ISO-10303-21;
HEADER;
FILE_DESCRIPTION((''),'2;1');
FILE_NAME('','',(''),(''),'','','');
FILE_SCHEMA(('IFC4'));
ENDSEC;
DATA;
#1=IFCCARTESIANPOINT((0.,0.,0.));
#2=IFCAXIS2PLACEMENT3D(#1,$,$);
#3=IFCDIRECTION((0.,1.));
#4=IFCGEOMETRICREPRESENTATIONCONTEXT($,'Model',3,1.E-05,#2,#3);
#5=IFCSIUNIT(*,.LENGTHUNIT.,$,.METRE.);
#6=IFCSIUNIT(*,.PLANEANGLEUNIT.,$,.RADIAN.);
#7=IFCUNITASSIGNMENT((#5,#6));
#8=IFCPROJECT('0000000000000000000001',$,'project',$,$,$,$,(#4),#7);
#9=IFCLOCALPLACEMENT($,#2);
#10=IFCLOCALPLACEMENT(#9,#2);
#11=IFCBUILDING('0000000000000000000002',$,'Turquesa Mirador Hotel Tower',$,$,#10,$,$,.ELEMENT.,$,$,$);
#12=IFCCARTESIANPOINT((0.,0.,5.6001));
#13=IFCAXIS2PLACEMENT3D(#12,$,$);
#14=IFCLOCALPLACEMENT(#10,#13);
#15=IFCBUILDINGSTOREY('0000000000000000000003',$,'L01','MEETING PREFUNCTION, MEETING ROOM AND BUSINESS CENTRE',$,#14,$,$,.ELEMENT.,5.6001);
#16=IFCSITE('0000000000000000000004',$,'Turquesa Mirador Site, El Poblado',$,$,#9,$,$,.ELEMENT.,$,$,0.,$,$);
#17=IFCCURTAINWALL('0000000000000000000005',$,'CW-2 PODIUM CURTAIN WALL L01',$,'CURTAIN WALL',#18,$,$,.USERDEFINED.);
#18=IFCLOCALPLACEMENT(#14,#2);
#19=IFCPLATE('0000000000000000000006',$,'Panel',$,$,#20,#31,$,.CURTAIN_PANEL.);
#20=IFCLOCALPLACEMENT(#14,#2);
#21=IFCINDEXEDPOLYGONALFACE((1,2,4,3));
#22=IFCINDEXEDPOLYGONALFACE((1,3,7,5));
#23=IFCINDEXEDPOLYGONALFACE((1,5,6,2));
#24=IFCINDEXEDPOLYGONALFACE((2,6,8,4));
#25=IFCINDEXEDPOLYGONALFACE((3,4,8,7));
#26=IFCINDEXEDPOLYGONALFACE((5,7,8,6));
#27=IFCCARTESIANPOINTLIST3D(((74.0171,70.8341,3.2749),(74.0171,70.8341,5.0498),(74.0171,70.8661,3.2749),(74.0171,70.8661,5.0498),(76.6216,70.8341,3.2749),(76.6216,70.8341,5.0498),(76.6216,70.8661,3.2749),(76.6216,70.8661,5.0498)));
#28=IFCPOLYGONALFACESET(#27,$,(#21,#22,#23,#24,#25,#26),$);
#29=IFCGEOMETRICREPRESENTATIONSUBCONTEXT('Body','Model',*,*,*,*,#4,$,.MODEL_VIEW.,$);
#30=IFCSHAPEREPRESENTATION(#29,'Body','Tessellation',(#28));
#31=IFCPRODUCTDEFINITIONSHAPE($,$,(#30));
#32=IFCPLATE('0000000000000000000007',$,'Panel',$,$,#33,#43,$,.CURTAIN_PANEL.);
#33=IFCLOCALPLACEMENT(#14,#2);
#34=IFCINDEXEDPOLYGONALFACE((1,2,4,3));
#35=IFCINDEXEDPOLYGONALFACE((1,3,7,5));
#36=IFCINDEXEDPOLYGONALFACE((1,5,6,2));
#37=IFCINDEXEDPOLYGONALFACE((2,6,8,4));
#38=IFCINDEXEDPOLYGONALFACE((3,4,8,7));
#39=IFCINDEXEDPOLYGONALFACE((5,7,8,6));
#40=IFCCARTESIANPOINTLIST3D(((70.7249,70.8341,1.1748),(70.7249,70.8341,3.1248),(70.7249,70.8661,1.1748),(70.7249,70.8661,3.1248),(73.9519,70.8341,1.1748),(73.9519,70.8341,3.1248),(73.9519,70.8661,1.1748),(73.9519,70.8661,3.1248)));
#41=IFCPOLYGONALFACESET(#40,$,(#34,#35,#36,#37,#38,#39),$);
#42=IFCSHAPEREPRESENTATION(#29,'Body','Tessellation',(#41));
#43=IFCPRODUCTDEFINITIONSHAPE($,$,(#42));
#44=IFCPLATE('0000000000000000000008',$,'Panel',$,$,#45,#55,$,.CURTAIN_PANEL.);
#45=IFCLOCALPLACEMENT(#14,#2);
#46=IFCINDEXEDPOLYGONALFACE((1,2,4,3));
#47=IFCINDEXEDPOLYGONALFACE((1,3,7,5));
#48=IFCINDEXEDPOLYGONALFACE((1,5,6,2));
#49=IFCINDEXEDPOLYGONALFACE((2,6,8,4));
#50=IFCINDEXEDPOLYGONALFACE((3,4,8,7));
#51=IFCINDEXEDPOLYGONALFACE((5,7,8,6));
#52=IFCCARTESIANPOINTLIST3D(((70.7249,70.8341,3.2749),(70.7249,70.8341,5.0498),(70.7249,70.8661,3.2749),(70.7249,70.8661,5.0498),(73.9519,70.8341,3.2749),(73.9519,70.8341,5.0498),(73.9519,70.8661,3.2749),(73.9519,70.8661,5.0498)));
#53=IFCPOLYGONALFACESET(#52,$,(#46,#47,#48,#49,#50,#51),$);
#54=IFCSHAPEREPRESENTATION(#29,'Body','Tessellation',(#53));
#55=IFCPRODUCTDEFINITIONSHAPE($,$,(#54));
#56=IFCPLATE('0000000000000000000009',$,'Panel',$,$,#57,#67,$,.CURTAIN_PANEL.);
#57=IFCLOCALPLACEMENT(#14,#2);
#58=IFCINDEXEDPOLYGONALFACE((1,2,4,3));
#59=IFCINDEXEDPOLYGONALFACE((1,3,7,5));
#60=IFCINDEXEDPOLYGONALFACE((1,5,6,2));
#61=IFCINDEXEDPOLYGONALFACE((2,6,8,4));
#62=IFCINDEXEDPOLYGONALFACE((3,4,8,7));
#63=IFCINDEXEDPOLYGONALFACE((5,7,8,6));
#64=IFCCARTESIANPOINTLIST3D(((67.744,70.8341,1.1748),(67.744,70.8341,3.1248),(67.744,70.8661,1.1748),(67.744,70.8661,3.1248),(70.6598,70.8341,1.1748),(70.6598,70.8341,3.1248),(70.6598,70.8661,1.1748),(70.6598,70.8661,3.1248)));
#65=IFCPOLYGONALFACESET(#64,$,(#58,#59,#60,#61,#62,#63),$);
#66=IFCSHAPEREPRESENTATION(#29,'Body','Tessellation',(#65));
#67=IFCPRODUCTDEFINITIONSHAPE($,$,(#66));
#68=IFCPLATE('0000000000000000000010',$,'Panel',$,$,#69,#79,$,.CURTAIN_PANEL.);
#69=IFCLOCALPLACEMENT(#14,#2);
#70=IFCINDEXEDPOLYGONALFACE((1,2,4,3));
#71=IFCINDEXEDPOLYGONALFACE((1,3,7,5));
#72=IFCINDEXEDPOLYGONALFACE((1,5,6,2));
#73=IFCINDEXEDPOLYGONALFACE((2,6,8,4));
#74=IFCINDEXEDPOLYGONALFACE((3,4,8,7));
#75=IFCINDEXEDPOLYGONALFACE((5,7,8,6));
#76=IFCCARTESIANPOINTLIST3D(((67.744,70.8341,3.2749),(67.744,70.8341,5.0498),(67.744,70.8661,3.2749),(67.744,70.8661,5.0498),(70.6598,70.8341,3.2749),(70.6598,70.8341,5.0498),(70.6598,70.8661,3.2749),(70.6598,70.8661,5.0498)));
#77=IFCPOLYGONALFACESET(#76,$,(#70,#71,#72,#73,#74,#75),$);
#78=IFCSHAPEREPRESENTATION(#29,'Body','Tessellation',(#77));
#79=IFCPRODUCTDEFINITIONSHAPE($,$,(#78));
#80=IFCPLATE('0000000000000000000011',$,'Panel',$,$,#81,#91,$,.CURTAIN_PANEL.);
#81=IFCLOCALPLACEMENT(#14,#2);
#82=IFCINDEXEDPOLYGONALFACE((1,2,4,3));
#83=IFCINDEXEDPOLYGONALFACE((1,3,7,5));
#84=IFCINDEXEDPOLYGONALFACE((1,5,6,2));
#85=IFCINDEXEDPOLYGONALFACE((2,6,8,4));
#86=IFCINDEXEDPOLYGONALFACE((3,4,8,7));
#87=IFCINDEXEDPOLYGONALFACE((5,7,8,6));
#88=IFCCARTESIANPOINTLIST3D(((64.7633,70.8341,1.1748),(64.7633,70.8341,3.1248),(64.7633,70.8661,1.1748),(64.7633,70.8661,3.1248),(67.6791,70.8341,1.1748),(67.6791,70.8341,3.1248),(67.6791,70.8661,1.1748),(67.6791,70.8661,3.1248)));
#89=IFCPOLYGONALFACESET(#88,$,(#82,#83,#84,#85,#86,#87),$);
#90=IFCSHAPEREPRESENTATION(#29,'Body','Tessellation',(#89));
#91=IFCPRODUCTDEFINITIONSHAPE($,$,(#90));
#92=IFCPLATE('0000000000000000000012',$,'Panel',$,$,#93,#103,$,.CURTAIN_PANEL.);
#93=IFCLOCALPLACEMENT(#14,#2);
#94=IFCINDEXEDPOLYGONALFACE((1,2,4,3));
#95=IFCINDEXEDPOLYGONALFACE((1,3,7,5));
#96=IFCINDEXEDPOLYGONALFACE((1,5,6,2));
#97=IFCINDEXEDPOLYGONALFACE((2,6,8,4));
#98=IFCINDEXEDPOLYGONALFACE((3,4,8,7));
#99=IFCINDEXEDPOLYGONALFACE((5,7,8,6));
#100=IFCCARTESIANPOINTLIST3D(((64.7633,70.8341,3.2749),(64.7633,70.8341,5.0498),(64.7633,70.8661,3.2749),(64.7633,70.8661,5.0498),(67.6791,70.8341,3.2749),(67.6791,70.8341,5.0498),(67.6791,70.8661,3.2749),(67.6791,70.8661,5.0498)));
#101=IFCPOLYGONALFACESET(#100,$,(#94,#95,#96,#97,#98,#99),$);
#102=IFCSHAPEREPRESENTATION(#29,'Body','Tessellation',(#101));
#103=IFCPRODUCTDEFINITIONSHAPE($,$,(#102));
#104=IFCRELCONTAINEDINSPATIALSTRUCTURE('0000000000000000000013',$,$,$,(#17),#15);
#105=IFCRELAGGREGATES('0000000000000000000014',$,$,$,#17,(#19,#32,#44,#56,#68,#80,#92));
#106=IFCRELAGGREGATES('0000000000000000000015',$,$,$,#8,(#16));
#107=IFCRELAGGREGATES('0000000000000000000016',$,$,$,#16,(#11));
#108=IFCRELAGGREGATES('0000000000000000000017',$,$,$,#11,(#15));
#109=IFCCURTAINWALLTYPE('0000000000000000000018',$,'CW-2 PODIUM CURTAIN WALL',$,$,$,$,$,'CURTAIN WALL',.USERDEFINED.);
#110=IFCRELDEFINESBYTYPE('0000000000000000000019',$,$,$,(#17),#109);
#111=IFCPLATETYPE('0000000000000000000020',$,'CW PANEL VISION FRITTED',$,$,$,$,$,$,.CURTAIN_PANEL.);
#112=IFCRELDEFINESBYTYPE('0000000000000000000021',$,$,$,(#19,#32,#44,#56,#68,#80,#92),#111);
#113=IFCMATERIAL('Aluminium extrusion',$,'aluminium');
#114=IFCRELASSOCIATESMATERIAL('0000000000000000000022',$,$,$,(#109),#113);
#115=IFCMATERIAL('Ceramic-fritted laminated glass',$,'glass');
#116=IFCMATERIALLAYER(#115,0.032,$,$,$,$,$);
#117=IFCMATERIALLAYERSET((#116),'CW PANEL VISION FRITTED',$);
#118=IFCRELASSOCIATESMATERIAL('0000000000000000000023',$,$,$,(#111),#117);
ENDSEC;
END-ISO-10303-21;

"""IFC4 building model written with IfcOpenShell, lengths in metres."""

from ifc_helpers import new_model, si_unit, direction, frame, origin, origin_2d, place, context, subcontext, project, spatial, rectangle, extrude, material, layer, layer_set, type_object, element, aggregate, save


model = new_model("IFC4")

# Units and contexts
model_context = context("Model", 3, precision=1e-05, world=origin(), true_north=direction((0.0, 1.0)))
body_context = subcontext(model_context, "Body", "Model", "MODEL_VIEW")
ifc_project = project(units=[si_unit("LENGTHUNIT", "METRE"), si_unit("PLANEANGLEUNIT", "RADIAN")], contexts=[model_context])

# Site, building, storey
site_placement = place(None, origin())
site = spatial("IfcSite", under=ifc_project, at=site_placement, Name="Turquesa Mirador Site, El Poblado", CompositionType="ELEMENT", RefElevation=0.0)
building_placement = place(site_placement, origin())
building = spatial("IfcBuilding", under=site, at=building_placement, Name="Turquesa Mirador Hotel Tower", CompositionType="ELEMENT")
storey_placement = place(building_placement, frame((0.0, 0.0, 5.6001)))
storey = spatial("IfcBuildingStorey", under=building, at=storey_placement, Name="L01", Description="MEETING PREFUNCTION, MEETING ROOM AND BUSINESS CENTRE", CompositionType="ELEMENT", Elevation=5.6001)

# Curtain wall, plates
ifc_material_1 = material(Name="Aluminium extrusion", Category="aluminium")
curtain_wall_type = type_object("IfcCurtainWallType", Name="CW-2 PODIUM CURTAIN WALL", ElementType="CURTAIN WALL", PredefinedType="USERDEFINED", material=ifc_material_1)
curtain_wall_placement = place(storey_placement, origin())
curtain_wall = element("IfcCurtainWall", 1, at=curtain_wall_placement, inside=storey, type_object=curtain_wall_type, Name="CW-2 PODIUM CURTAIN WALL L01", ObjectType="CURTAIN WALL", PredefinedType="USERDEFINED")
ifc_material_2 = material(Name="Ceramic-fritted laminated glass", Category="glass")
ifc_layer_1 = layer(ifc_material_2, 0.032)
ifc_layer_set_1 = layer_set([ifc_layer_1], Name="CW PANEL VISION FRITTED")
plate_type_1 = type_object("IfcPlateType", Name="CW PANEL VISION FRITTED", PredefinedType="CURTAIN_PANEL", material=ifc_layer_set_1)
plate_1_placement = place(storey_placement, frame((75.3193, 70.8501, 3.2749), z_axis=(0.0, 0.0, 1.0), x_axis=(-1.0, 0.0, 0.0)))
plate_1 = element("IfcPlate", 2, at=plate_1_placement, type_object=plate_type_1, Name="Panel", PredefinedType="CURTAIN_PANEL", context=body_context, shape_type="SweptSolid", body=[
    extrude(rectangle(XDim=2.6045, YDim=0.032, at=origin_2d()), origin(), (0.0, 0.0, 1.0), 1.7749),
])
plate_2_placement = place(storey_placement, frame((72.3384, 70.8501, 1.1748), z_axis=(0.0, 0.0, 1.0), x_axis=(-1.0, 0.0, 0.0)))
plate_2 = element("IfcPlate", 3, at=plate_2_placement, type_object=plate_type_1, Name="Panel", PredefinedType="CURTAIN_PANEL", context=body_context, shape_type="SweptSolid", body=[
    extrude(rectangle(XDim=3.2271, YDim=0.032, at=origin_2d()), origin(), (0.0, 0.0, 1.0), 1.95),
])
plate_3_placement = place(storey_placement, frame((72.3384, 70.8501, 3.2749), z_axis=(0.0, 0.0, 1.0), x_axis=(-1.0, 0.0, 0.0)))
plate_3 = element("IfcPlate", 4, at=plate_3_placement, type_object=plate_type_1, Name="Panel", PredefinedType="CURTAIN_PANEL", context=body_context, shape_type="SweptSolid", body=[
    extrude(rectangle(XDim=3.2271, YDim=0.032, at=origin_2d()), origin(), (0.0, 0.0, 1.0), 1.7749),
])
plate_4_placement = place(storey_placement, frame((69.2019, 70.8501, 1.1748), z_axis=(0.0, 0.0, 1.0), x_axis=(-1.0, 0.0, 0.0)))
plate_4 = element("IfcPlate", 5, at=plate_4_placement, type_object=plate_type_1, Name="Panel", PredefinedType="CURTAIN_PANEL", context=body_context, shape_type="SweptSolid", body=[
    extrude(rectangle(XDim=2.9158, YDim=0.032, at=origin_2d()), origin(), (0.0, 0.0, 1.0), 1.95),
])
plate_5_placement = place(storey_placement, frame((69.2019, 70.8501, 3.2749), z_axis=(0.0, 0.0, 1.0), x_axis=(-1.0, 0.0, 0.0)))
plate_5 = element("IfcPlate", 6, at=plate_5_placement, type_object=plate_type_1, Name="Panel", PredefinedType="CURTAIN_PANEL", context=body_context, shape_type="SweptSolid", body=[
    extrude(rectangle(XDim=2.9158, YDim=0.032, at=origin_2d()), origin(), (0.0, 0.0, 1.0), 1.7749),
])
plate_6_placement = place(storey_placement, frame((66.2212, 70.8501, 1.1748), z_axis=(0.0, 0.0, 1.0), x_axis=(-1.0, 0.0, 0.0)))
plate_6 = element("IfcPlate", 7, at=plate_6_placement, type_object=plate_type_1, Name="Panel", PredefinedType="CURTAIN_PANEL", context=body_context, shape_type="SweptSolid", body=[
    extrude(rectangle(XDim=2.9158, YDim=0.032, at=origin_2d()), origin(), (0.0, 0.0, 1.0), 1.95),
])
plate_7_placement = place(storey_placement, frame((66.2212, 70.8501, 3.2749), z_axis=(0.0, 0.0, 1.0), x_axis=(-1.0, 0.0, 0.0)))
plate_7 = element("IfcPlate", 8, at=plate_7_placement, type_object=plate_type_1, Name="Panel", PredefinedType="CURTAIN_PANEL", context=body_context, shape_type="SweptSolid", body=[
    extrude(rectangle(XDim=2.9158, YDim=0.032, at=origin_2d()), origin(), (0.0, 0.0, 1.0), 1.7749),
])
aggregate(curtain_wall, [plate_1, plate_2, plate_3, plate_4, plate_5, plate_6, plate_7])

save(model, "model.ifc")
